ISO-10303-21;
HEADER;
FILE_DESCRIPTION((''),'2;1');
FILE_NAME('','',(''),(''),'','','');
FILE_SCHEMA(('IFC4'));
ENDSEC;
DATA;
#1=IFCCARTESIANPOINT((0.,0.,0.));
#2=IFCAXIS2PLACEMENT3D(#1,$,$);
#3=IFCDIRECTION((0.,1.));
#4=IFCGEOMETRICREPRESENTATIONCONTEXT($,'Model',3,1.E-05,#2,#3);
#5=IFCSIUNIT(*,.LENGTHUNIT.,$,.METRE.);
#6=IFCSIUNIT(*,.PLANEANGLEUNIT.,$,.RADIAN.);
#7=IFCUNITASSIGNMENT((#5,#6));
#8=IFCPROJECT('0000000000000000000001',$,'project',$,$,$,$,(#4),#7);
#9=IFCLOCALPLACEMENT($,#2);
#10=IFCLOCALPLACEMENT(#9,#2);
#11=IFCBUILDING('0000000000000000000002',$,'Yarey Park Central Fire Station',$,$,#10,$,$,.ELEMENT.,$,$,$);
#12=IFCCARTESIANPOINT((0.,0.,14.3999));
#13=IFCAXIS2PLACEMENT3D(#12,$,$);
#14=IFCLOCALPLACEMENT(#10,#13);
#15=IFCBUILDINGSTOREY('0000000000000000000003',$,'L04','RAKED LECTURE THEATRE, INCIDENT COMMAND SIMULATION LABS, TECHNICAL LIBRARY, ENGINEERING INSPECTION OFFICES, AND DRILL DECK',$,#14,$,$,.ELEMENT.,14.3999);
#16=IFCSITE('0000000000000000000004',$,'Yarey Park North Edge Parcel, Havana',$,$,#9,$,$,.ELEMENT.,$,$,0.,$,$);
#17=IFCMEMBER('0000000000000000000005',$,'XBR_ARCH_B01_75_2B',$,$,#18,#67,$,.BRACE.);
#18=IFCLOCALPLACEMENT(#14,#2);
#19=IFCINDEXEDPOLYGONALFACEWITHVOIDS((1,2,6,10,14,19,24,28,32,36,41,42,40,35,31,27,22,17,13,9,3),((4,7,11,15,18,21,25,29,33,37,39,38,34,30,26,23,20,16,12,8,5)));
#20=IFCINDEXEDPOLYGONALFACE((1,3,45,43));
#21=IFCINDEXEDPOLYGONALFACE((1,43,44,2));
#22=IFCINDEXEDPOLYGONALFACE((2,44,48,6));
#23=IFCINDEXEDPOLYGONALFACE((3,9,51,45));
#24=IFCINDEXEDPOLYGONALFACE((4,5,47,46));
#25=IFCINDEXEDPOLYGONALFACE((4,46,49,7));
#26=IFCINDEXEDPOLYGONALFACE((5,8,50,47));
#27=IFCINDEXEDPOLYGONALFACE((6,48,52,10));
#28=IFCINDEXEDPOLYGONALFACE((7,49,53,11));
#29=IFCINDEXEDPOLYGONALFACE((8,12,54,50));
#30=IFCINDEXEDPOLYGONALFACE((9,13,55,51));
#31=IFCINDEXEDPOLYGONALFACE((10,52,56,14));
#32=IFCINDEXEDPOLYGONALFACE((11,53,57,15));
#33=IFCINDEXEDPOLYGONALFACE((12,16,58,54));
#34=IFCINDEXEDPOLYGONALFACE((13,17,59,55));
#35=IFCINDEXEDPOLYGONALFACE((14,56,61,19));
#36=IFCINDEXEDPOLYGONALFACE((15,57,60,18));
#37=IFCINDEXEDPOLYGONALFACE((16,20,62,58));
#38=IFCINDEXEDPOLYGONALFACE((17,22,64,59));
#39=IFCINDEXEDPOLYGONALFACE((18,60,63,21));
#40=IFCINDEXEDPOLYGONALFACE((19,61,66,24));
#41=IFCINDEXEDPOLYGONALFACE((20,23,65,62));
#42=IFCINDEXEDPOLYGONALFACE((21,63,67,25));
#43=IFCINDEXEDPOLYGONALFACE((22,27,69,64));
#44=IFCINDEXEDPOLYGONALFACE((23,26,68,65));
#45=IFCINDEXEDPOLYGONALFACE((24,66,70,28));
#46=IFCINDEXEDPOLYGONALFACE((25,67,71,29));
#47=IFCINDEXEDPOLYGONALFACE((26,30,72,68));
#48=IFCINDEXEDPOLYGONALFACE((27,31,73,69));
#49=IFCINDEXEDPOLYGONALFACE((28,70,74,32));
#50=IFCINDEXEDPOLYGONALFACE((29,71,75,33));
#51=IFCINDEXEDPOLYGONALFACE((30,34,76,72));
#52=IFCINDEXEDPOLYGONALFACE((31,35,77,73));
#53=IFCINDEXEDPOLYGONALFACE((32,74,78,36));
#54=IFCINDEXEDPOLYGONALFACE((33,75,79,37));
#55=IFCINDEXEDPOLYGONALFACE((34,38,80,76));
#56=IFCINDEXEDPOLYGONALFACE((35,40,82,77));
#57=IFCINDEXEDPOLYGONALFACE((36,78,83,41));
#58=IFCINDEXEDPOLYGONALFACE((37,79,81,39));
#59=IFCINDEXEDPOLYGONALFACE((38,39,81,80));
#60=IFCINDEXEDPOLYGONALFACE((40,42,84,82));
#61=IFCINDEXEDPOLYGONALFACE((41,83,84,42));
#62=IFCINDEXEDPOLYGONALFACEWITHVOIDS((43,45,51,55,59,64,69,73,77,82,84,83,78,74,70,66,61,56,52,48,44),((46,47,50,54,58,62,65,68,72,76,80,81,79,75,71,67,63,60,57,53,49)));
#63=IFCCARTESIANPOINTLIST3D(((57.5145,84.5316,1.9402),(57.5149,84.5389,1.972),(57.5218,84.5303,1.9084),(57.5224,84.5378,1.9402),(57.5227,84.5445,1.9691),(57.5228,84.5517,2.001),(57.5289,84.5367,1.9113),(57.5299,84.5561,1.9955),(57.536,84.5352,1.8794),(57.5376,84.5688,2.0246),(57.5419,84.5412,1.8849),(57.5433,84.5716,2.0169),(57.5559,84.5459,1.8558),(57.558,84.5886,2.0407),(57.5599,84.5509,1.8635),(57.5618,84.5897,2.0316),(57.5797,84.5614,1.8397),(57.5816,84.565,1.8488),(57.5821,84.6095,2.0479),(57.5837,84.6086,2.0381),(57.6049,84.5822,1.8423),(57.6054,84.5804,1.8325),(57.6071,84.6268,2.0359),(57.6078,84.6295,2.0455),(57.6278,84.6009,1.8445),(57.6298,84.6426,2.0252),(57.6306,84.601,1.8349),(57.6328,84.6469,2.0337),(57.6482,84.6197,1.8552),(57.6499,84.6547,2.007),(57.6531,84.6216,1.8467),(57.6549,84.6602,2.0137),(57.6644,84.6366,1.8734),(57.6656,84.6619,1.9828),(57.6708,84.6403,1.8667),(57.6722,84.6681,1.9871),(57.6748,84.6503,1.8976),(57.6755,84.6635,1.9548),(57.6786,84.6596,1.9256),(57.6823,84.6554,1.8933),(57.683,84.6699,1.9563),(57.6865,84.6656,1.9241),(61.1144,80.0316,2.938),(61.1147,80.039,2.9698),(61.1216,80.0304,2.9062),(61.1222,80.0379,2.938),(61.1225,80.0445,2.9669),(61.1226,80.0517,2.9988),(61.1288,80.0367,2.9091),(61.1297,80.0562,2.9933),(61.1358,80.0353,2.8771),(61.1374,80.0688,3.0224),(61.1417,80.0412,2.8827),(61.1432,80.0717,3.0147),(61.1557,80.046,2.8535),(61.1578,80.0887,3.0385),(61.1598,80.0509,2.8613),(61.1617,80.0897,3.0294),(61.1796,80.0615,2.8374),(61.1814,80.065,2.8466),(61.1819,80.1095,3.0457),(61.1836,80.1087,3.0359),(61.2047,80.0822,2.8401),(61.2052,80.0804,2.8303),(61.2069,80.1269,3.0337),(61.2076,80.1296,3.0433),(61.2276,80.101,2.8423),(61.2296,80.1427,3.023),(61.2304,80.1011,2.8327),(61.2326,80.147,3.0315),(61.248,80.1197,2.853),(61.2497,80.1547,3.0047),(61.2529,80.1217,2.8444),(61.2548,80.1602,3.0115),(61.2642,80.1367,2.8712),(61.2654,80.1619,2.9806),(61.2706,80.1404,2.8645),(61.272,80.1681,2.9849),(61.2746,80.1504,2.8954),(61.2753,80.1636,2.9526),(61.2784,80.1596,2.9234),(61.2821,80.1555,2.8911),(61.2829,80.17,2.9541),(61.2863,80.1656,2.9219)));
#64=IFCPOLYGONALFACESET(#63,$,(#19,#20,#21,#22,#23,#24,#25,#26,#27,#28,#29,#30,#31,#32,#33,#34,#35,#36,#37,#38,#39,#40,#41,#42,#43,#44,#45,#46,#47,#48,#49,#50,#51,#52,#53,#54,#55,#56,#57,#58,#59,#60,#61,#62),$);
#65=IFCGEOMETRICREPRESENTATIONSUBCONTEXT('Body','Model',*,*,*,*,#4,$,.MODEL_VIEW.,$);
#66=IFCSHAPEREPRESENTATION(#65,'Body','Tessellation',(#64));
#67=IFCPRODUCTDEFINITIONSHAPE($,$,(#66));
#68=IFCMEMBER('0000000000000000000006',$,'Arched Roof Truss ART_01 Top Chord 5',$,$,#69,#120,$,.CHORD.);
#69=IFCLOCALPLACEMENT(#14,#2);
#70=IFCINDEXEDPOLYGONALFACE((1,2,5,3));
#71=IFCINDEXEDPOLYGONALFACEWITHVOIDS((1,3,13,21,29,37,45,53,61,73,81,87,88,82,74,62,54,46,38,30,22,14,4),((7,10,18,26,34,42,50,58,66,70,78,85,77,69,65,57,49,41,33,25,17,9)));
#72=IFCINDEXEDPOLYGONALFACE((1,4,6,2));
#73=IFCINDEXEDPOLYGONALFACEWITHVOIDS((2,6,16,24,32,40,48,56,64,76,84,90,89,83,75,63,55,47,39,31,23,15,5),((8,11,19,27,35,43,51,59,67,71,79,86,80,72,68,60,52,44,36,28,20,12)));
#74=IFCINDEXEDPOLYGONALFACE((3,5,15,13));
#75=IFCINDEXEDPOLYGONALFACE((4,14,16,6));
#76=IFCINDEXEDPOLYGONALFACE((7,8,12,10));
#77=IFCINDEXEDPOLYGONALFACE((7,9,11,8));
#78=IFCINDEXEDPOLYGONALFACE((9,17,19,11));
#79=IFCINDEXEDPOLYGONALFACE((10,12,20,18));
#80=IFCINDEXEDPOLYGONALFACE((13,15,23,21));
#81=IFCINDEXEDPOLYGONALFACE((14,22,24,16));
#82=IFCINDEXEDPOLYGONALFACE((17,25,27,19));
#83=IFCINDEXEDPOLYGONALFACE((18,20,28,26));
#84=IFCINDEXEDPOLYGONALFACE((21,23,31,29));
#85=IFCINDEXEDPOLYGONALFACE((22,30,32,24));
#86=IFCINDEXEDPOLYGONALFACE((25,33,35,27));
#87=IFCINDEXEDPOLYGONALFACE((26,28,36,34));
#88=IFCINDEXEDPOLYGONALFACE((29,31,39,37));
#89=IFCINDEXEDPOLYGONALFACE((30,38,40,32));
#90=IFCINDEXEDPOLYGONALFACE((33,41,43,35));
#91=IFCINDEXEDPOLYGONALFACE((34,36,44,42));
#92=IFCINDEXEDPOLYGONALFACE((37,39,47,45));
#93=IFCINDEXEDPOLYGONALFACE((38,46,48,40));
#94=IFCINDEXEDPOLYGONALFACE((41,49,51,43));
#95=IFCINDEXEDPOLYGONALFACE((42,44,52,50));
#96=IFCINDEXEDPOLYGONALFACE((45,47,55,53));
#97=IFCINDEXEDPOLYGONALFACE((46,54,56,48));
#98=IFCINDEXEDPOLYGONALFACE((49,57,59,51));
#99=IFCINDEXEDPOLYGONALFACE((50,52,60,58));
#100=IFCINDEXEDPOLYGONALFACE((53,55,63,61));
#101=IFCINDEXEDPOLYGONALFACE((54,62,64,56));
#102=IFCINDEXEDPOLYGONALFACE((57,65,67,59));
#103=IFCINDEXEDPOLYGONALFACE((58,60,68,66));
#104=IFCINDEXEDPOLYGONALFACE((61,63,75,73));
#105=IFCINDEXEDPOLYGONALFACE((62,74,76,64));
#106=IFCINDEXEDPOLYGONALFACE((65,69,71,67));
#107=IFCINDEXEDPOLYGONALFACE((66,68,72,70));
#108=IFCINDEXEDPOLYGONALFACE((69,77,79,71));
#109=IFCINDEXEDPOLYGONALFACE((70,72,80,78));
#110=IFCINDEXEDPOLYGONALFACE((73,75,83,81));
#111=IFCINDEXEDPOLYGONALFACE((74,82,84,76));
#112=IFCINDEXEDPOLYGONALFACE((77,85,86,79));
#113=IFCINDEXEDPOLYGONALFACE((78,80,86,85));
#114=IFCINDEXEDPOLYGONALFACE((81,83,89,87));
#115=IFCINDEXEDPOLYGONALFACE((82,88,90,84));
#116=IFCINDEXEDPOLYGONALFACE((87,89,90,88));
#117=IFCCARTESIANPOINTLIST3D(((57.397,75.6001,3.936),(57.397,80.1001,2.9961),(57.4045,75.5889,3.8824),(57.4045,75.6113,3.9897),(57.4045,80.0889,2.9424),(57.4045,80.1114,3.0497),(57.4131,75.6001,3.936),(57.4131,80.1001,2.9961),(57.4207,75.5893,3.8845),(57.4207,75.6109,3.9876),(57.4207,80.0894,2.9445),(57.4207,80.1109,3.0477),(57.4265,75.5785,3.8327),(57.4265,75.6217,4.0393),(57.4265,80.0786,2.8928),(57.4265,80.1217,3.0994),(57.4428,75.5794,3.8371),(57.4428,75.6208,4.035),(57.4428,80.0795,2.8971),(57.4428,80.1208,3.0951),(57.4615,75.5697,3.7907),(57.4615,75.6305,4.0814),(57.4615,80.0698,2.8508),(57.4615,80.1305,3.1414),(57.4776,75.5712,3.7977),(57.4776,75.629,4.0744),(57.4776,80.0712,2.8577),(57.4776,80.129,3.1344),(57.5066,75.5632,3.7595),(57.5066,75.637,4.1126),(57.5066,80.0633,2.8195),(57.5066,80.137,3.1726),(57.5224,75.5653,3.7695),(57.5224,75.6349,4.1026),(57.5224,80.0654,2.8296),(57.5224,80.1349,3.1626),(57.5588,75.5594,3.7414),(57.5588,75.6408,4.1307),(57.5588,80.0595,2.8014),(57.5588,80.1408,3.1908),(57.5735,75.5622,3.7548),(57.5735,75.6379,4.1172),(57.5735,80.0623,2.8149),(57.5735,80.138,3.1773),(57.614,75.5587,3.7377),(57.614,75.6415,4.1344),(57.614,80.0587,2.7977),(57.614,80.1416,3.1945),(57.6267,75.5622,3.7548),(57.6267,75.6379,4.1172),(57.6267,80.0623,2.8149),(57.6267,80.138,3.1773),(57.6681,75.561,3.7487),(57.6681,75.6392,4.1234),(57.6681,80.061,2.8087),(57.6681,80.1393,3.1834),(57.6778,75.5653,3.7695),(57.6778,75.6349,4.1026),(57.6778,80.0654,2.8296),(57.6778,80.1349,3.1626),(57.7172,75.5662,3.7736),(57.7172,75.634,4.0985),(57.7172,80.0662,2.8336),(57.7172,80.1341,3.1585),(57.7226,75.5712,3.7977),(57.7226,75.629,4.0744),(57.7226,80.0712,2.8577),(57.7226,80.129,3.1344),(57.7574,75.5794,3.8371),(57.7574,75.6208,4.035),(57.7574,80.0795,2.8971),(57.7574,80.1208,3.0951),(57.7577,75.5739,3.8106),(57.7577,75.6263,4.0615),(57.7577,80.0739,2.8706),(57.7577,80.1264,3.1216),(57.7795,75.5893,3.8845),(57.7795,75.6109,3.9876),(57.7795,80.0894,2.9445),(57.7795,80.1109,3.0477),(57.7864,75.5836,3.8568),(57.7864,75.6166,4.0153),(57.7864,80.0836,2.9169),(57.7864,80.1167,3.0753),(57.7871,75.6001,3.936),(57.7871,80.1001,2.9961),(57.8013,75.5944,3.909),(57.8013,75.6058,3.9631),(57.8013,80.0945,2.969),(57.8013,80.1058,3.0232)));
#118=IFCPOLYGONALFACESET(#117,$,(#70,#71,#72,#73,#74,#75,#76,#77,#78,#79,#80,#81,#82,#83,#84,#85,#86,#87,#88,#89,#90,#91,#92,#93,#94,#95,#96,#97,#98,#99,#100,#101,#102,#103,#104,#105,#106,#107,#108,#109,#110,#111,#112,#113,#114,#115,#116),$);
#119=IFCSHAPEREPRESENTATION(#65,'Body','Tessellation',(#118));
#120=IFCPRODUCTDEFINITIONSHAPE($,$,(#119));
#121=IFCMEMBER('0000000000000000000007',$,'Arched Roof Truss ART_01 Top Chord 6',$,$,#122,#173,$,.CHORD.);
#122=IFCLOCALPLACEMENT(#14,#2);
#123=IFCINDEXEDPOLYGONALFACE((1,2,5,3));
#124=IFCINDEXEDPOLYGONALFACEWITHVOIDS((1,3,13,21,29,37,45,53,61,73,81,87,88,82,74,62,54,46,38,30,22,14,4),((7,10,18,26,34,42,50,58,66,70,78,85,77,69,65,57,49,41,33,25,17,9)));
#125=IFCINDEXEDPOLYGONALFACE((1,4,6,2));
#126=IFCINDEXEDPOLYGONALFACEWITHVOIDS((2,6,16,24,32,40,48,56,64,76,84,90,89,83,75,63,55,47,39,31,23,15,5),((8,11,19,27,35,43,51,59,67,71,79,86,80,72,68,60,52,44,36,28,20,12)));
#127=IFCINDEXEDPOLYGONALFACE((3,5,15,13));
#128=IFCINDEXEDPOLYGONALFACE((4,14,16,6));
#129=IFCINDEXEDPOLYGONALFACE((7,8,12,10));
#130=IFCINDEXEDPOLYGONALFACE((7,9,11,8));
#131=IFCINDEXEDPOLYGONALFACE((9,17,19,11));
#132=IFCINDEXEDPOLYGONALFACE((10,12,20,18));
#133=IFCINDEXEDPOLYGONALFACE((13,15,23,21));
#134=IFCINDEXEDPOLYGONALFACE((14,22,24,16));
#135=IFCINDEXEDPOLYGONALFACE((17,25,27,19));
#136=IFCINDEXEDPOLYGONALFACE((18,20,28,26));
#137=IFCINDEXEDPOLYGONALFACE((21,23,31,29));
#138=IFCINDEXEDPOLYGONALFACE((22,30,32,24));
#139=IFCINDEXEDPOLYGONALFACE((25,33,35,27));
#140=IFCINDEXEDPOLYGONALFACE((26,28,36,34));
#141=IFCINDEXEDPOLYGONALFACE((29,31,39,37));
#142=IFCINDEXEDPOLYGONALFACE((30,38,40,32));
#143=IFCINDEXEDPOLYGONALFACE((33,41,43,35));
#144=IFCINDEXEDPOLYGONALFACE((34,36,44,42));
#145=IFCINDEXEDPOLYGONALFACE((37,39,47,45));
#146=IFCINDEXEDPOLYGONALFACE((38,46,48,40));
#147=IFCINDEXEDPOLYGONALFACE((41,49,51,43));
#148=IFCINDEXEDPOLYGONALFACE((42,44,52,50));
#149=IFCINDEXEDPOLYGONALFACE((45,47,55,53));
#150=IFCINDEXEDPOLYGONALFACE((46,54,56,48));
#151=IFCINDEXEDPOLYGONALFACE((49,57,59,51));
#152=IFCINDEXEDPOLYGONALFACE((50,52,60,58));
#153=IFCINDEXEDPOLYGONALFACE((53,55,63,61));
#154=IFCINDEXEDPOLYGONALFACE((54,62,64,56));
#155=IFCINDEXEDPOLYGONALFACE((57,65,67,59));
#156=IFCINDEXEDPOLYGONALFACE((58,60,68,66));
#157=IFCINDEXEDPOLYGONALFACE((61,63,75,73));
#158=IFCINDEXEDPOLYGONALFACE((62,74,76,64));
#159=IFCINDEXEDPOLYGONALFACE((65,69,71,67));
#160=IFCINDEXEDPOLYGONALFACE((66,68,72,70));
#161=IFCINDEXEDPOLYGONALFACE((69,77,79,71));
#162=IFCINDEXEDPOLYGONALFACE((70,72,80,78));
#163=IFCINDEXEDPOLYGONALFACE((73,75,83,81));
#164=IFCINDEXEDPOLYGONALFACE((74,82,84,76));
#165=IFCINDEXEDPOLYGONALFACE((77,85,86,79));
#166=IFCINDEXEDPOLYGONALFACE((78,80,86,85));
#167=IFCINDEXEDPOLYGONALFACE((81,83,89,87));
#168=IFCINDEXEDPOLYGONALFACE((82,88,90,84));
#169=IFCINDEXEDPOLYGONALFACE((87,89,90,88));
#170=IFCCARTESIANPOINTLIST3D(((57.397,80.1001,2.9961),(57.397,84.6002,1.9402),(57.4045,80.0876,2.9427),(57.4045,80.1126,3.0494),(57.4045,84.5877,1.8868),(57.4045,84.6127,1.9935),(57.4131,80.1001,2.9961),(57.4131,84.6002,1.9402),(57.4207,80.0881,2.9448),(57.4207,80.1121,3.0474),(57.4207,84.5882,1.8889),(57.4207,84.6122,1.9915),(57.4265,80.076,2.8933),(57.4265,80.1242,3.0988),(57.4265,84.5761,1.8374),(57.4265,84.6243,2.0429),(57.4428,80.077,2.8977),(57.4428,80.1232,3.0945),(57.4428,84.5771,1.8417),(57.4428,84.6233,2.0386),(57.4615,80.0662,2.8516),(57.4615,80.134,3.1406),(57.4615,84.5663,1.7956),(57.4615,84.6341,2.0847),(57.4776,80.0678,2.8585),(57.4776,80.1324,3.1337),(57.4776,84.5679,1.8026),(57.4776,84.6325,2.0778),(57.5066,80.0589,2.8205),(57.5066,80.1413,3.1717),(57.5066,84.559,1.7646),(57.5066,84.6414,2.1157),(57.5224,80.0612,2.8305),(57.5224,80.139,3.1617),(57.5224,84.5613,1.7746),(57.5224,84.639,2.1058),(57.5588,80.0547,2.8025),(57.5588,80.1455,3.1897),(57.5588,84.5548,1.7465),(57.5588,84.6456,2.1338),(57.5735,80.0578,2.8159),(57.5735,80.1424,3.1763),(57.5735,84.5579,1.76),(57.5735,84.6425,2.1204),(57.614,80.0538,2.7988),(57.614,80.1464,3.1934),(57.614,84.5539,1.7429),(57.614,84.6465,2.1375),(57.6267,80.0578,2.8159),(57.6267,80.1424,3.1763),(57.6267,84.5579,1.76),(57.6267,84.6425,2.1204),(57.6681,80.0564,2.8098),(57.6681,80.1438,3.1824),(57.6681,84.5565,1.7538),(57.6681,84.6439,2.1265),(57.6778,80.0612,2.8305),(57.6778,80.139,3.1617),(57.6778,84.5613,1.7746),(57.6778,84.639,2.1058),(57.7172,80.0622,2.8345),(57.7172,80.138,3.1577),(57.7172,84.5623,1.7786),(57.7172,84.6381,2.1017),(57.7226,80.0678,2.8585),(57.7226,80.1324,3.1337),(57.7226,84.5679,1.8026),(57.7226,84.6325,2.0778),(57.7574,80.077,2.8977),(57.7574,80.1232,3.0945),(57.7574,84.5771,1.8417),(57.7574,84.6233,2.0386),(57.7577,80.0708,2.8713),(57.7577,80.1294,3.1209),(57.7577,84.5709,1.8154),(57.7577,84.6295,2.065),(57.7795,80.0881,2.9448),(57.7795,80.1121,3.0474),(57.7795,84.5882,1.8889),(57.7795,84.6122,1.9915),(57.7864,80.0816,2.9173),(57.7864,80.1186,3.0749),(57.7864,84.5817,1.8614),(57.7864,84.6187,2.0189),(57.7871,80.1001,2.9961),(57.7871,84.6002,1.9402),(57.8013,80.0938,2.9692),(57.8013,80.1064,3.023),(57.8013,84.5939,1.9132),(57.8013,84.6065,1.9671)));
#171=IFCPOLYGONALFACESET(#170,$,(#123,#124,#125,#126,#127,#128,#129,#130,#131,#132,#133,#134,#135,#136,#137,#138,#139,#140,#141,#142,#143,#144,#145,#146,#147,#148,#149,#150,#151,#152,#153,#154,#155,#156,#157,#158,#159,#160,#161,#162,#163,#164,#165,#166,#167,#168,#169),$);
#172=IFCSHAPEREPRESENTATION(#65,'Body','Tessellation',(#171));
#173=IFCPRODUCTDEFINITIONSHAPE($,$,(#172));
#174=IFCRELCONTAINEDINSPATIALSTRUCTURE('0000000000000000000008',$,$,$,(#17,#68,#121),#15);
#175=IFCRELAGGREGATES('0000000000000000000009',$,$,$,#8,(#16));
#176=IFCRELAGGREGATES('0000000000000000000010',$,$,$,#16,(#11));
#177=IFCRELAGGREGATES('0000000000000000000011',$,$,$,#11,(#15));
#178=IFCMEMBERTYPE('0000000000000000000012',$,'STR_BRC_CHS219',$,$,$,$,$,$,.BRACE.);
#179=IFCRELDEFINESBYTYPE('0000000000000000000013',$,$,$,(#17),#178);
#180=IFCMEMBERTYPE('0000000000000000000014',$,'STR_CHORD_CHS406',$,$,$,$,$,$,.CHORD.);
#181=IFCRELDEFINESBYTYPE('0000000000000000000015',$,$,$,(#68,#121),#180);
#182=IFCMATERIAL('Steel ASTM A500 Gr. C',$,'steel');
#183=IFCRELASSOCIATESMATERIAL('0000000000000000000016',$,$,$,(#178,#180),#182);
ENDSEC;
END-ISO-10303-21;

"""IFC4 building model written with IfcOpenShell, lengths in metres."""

from ifc_helpers import new_model, si_unit, direction, frame, origin, origin_2d, place, context, subcontext, project, spatial, hollow_circle, extrude, material, material_profile, profile_set, type_object, element, save


model = new_model("IFC4")

# Units and contexts
model_context = context("Model", 3, precision=1e-05, world=origin(), true_north=direction((0.0, 1.0)))
body_context = subcontext(model_context, "Body", "Model", "MODEL_VIEW")
ifc_project = project(units=[si_unit("LENGTHUNIT", "METRE"), si_unit("PLANEANGLEUNIT", "RADIAN")], contexts=[model_context])

# Site, building, storey
site_placement = place(None, origin())
site = spatial("IfcSite", under=ifc_project, at=site_placement, Name="Yarey Park North Edge Parcel, Havana", CompositionType="ELEMENT", RefElevation=0.0)
building_placement = place(site_placement, origin())
building = spatial("IfcBuilding", under=site, at=building_placement, Name="Yarey Park Central Fire Station", CompositionType="ELEMENT")
storey_placement = place(building_placement, frame((0.0, 0.0, 14.3999)))
storey = spatial("IfcBuildingStorey", under=building, at=storey_placement, Name="L04", Description="RAKED LECTURE THEATRE, INCIDENT COMMAND SIMULATION LABS, TECHNICAL LIBRARY, ENGINEERING INSPECTION OFFICES, AND DRILL DECK", CompositionType="ELEMENT", Elevation=14.3999)

# Members
ifc_material_1 = material(Name="Steel ASTM A500 Gr. C", Category="steel")
ifc_material_profile_1 = material_profile(ifc_material_1, hollow_circle(Radius=0.1096, WallThickness=0.01, at=origin_2d()), Name="CHS 219.1x10")
ifc_profile_set_1 = profile_set([ifc_material_profile_1], Name="Steel ASTM A500 Gr. C")
member_type_1 = type_object("IfcMemberType", Name="STR_BRC_CHS219", PredefinedType="BRACE", material=ifc_profile_set_1)
member_1_placement = place(storey_placement, frame((61.2, 80.1001, 2.938), z_axis=(-0.615521, 0.769433, -0.170609), x_axis=(-0.780881, -0.62468, 0.0)))
element("IfcMember", 1, at=member_1_placement, inside=storey, type_object=member_type_1, Name="XBR_ARCH_B01_75_2B", PredefinedType="BRACE", context=body_context, shape_type="SweptSolid", body=[
    extrude(hollow_circle(Radius=0.1096, WallThickness=0.01, at=origin_2d()), origin(), (0.0, 0.0, 1.0), 5.8484),
])
ifc_material_profile_2 = material_profile(ifc_material_1, hollow_circle(Radius=0.2031, WallThickness=0.0161, at=origin_2d()), Name="CHS 406.4x16")
ifc_profile_set_2 = profile_set([ifc_material_profile_2], Name="Steel ASTM A500 Gr. C")
member_type_2 = type_object("IfcMemberType", Name="STR_CHORD_CHS406", PredefinedType="CHORD", material=ifc_profile_set_2)
member_2_placement = place(storey_placement, frame((57.6001, 75.6001, 3.936), z_axis=(0.0, 0.978874, -0.204463), x_axis=(-1.0, 0.0, 0.0)))
element("IfcMember", 2, at=member_2_placement, inside=storey, type_object=member_type_2, Name="Arched Roof Truss ART_01 Top Chord 5", PredefinedType="CHORD", context=body_context, shape_type="SweptSolid", body=[
    extrude(hollow_circle(Radius=0.2031, WallThickness=0.0161, at=origin_2d()), origin(), (0.0, 0.0, 1.0), 4.5972),
])
member_3_placement = place(storey_placement, frame((57.6001, 80.1001, 2.9961), z_axis=(0.0, 0.973558, -0.228442), x_axis=(-1.0, 0.0, 0.0)))
element("IfcMember", 3, at=member_3_placement, inside=storey, type_object=member_type_2, Name="Arched Roof Truss ART_01 Top Chord 6", PredefinedType="CHORD", context=body_context, shape_type="SweptSolid", body=[
    extrude(hollow_circle(Radius=0.2031, WallThickness=0.0161, at=origin_2d()), origin(), (0.0, 0.0, 1.0), 4.6223),
])

save(model, "model.ifc")
